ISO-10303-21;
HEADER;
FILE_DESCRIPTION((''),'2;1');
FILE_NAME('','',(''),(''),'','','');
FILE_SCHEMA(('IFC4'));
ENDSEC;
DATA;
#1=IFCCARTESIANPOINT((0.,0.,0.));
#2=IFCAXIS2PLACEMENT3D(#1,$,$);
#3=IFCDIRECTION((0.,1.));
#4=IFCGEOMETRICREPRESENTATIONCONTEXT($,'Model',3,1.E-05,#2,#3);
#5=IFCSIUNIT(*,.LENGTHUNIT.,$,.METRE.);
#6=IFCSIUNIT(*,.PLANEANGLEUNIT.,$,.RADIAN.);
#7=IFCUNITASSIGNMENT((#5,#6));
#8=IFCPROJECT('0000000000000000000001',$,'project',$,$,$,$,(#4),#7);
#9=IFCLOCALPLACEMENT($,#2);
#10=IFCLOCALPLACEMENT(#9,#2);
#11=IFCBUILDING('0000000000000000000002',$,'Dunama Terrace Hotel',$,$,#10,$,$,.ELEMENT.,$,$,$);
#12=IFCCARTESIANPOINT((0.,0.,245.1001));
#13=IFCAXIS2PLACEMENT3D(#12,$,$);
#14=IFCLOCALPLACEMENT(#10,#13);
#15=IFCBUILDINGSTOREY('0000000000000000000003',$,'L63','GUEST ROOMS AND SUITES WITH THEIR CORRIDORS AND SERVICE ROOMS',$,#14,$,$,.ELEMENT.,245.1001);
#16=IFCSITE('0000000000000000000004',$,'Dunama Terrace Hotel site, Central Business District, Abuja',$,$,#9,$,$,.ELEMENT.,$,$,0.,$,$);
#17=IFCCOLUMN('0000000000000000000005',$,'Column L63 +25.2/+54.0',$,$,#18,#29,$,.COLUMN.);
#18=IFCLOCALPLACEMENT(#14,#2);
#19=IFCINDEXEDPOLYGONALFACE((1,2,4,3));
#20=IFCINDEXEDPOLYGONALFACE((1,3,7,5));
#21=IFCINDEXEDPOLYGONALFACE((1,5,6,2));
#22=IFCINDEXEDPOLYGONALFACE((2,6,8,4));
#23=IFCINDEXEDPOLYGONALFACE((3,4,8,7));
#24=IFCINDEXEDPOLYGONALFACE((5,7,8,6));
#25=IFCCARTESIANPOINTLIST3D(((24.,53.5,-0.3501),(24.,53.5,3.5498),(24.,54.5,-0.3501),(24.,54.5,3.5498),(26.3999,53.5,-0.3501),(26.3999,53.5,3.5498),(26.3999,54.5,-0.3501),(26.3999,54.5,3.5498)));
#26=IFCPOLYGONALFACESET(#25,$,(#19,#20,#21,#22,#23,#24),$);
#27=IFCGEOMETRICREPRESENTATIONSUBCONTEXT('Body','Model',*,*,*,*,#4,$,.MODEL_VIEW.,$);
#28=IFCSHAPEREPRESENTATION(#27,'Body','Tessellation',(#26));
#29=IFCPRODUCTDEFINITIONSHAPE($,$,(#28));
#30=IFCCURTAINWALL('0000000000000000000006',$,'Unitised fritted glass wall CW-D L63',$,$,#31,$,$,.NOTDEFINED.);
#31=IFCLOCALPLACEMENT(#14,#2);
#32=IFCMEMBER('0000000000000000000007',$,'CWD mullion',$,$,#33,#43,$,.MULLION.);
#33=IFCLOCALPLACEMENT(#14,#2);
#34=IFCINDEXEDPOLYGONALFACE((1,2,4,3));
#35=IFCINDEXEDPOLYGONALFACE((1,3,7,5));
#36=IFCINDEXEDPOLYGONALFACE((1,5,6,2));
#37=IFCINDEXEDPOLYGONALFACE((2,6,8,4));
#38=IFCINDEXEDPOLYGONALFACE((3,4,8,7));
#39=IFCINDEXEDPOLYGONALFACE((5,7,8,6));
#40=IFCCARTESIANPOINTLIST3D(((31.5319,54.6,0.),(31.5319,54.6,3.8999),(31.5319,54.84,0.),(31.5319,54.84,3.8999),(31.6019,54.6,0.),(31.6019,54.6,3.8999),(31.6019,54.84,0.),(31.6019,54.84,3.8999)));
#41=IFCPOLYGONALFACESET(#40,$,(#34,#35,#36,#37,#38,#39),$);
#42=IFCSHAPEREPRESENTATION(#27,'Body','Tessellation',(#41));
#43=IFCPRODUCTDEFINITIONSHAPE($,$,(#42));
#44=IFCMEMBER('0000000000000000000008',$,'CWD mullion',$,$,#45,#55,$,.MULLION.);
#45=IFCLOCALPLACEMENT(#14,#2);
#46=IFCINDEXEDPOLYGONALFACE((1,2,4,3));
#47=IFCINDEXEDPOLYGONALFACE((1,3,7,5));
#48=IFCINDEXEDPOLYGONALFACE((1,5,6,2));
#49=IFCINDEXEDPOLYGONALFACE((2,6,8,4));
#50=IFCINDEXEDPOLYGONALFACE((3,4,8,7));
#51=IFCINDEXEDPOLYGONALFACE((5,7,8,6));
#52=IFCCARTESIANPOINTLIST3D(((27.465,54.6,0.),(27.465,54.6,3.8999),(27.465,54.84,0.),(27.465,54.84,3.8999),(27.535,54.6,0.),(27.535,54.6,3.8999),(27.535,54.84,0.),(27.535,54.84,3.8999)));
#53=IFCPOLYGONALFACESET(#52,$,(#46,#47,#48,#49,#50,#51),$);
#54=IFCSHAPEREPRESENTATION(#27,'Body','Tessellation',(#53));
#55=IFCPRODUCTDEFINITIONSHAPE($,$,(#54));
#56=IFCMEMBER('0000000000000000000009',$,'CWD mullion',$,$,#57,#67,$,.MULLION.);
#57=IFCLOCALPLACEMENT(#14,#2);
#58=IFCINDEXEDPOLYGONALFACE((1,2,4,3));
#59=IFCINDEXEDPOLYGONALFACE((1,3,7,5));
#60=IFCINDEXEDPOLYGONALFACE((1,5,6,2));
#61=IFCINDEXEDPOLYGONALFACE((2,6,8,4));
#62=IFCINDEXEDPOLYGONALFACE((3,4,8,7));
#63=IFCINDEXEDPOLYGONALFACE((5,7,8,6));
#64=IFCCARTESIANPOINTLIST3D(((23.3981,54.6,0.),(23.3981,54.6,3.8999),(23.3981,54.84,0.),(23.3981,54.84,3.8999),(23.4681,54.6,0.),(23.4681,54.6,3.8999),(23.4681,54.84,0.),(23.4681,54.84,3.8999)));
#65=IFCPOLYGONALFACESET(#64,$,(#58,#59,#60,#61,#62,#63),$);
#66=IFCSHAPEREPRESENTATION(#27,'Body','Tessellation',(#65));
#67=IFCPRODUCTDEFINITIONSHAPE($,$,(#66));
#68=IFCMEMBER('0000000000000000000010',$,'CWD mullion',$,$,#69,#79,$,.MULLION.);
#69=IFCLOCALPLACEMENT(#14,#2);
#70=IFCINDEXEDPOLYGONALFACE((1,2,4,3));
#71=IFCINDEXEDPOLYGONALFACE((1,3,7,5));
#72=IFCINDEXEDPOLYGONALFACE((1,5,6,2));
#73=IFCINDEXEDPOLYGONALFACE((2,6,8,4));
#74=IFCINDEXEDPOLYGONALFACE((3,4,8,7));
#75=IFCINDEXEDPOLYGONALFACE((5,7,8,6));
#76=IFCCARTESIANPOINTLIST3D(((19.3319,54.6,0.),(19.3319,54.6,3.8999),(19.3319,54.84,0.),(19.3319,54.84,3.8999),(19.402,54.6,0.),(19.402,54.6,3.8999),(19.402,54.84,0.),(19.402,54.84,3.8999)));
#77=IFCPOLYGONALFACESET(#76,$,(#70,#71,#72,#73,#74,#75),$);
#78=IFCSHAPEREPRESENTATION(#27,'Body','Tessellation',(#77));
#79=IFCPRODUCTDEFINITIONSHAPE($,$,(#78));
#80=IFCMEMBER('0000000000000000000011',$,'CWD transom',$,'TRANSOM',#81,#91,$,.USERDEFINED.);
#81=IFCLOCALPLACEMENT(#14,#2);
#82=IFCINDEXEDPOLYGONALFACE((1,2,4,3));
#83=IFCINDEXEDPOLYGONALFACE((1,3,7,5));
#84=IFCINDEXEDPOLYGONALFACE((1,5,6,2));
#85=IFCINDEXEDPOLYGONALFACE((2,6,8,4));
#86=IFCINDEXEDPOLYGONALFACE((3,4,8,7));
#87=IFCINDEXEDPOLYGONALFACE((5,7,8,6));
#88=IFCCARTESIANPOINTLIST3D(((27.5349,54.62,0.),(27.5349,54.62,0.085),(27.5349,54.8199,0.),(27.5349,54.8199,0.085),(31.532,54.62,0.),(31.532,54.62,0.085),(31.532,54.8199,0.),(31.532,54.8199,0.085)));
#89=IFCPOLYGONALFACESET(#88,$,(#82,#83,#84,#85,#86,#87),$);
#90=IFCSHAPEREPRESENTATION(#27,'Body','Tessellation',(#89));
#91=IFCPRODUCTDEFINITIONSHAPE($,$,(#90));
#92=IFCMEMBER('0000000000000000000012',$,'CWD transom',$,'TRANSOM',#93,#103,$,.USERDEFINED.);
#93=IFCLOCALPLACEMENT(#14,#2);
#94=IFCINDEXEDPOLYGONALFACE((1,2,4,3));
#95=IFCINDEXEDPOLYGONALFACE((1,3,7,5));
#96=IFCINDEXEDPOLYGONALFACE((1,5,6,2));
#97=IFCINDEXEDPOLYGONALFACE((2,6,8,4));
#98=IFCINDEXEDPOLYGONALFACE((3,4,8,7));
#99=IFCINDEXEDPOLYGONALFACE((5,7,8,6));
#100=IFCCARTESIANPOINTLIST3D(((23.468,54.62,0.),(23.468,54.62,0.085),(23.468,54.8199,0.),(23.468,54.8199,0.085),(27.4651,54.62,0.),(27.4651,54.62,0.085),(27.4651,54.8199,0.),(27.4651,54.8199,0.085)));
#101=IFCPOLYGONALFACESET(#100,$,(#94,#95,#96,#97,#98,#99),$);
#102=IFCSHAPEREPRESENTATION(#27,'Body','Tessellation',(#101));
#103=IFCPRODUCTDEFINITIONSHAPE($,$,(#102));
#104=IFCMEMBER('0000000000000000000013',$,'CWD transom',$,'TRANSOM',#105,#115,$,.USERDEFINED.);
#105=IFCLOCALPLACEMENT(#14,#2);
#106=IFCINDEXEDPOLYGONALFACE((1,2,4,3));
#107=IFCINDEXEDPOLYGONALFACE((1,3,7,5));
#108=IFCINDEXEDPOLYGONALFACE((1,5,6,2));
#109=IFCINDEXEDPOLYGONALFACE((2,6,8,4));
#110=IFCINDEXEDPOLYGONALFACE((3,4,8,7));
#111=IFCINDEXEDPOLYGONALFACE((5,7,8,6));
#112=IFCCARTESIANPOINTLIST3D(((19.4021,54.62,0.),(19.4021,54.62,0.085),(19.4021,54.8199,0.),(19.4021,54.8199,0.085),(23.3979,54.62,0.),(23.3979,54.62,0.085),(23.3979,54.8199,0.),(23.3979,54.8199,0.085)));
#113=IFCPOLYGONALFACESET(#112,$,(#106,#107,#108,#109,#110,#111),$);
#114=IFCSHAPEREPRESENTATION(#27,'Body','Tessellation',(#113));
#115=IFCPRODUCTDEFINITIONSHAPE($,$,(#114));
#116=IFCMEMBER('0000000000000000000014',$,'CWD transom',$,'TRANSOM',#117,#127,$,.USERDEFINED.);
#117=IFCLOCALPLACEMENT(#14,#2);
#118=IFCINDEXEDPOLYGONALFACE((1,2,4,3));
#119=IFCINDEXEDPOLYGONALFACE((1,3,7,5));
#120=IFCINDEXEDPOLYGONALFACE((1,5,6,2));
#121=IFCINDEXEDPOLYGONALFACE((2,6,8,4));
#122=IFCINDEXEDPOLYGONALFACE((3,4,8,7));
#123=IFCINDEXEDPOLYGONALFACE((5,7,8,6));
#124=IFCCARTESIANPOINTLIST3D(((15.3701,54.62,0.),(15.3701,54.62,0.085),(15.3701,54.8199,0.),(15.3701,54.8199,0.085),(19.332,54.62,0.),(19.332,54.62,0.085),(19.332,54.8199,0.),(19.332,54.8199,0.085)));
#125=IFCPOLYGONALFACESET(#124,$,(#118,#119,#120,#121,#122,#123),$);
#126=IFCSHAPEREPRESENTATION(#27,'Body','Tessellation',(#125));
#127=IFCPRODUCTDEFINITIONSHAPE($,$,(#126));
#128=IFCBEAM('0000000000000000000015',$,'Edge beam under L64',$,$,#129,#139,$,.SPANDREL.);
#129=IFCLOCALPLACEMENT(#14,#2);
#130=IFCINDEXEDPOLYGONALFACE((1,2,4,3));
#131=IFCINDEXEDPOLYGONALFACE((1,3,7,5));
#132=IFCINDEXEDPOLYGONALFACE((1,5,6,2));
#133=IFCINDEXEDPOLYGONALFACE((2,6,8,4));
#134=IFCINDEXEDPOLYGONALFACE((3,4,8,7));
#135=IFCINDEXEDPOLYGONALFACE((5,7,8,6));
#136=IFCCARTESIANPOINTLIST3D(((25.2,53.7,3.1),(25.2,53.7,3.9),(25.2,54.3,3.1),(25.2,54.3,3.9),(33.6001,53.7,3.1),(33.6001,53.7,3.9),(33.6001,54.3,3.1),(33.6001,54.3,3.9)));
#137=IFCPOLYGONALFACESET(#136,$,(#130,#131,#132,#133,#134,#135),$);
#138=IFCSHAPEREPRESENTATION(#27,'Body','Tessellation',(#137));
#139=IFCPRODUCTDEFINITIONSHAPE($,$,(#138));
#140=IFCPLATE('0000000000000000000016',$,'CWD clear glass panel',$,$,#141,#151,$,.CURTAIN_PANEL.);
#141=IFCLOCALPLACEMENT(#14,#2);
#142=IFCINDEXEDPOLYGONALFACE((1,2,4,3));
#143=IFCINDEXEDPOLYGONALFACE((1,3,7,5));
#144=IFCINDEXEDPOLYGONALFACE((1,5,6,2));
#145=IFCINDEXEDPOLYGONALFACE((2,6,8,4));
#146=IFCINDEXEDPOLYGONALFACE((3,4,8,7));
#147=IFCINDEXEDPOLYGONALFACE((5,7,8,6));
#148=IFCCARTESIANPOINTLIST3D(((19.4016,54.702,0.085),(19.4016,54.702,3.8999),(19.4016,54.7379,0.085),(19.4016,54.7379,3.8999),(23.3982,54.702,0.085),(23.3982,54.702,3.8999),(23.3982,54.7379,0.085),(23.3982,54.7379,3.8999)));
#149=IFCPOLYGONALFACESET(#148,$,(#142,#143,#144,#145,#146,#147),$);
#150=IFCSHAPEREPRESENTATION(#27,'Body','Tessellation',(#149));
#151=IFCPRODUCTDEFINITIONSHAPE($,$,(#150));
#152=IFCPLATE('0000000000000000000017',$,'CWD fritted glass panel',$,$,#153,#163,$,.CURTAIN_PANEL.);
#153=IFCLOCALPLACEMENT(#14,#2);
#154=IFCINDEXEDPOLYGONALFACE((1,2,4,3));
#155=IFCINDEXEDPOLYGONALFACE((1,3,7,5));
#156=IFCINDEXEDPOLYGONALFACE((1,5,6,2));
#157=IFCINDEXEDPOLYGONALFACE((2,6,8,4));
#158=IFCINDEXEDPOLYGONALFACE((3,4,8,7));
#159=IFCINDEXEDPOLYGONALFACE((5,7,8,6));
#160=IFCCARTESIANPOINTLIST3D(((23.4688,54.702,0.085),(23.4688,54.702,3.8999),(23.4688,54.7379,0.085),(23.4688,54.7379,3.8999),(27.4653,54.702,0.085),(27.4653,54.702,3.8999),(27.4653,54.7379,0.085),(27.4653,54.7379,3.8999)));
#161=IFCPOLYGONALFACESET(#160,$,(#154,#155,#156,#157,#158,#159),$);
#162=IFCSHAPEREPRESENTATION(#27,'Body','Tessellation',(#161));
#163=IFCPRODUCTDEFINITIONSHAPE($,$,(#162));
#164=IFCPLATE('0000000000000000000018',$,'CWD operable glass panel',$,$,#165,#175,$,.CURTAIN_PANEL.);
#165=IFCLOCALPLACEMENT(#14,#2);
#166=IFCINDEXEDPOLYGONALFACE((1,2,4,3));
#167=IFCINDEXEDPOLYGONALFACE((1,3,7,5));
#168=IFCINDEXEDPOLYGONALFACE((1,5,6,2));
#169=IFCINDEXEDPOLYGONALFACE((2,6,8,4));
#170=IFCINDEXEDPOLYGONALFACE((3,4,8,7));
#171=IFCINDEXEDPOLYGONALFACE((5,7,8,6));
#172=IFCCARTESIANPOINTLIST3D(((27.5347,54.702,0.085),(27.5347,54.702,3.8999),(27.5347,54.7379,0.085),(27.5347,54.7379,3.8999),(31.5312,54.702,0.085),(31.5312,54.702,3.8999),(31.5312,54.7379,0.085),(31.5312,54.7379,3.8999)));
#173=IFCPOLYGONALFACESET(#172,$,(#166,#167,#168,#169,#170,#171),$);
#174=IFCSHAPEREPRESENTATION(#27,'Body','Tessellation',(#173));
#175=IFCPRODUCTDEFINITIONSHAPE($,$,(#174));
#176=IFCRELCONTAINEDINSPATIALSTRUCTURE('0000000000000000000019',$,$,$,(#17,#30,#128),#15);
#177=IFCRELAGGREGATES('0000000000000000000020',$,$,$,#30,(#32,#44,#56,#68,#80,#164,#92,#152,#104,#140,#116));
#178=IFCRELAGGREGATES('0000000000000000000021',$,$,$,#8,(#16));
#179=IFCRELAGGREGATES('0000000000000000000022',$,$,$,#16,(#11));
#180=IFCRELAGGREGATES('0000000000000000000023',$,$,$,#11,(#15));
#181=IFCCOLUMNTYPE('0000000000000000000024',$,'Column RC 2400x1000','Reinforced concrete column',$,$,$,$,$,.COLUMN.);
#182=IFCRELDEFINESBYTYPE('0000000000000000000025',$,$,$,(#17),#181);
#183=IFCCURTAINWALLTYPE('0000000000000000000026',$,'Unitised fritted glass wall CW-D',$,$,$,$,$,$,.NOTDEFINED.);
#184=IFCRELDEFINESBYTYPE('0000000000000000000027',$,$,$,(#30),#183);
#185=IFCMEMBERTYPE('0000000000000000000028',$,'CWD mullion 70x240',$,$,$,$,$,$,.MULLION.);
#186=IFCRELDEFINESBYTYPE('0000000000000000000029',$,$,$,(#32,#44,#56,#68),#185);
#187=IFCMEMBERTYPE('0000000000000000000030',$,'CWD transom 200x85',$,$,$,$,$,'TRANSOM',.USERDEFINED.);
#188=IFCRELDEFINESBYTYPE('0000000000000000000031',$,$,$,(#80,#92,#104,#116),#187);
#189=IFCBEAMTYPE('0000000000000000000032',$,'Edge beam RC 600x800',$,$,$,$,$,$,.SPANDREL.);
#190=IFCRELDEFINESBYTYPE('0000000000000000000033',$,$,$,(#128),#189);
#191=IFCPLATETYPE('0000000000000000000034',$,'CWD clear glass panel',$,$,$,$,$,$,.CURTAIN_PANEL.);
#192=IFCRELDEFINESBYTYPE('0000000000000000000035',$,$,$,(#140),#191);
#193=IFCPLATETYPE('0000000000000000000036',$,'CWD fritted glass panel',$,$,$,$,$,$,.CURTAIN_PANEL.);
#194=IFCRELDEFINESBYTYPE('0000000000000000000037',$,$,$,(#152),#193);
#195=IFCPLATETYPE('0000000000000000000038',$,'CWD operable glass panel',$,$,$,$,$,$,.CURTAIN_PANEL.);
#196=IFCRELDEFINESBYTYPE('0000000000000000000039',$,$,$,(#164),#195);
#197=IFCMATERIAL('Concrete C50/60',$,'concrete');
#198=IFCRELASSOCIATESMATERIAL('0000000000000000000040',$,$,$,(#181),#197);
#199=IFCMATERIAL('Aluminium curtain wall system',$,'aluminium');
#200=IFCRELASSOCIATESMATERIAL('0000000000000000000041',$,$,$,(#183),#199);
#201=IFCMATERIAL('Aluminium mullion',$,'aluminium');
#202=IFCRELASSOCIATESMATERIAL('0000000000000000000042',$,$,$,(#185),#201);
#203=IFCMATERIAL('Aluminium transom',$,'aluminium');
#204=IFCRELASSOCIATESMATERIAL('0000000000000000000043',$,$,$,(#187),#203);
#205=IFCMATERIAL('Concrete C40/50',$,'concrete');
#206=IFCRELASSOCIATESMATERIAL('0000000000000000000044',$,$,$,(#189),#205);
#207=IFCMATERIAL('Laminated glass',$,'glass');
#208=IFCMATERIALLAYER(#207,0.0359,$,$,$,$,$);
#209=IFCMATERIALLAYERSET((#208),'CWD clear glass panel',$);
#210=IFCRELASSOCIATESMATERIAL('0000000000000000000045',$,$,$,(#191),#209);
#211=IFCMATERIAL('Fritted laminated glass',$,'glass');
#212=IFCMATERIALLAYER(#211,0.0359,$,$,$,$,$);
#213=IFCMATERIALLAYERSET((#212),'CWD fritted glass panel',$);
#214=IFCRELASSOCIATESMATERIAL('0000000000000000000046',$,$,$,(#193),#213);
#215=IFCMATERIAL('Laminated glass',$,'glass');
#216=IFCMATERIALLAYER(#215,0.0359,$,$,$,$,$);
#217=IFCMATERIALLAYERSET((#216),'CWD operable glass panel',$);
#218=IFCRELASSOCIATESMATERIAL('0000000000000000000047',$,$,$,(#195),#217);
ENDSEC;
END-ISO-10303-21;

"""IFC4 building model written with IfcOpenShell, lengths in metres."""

from ifc_helpers import new_model, si_unit, direction, frame, origin, origin_2d, place, context, subcontext, project, spatial, rectangle, extrude, material, layer, layer_set, material_profile, profile_set, type_object, element, aggregate, save


model = new_model("IFC4")

# Units and contexts
model_context = context("Model", 3, precision=1e-05, world=origin(), true_north=direction((0.0, 1.0)))
body_context = subcontext(model_context, "Body", "Model", "MODEL_VIEW")
ifc_project = project(units=[si_unit("LENGTHUNIT", "METRE"), si_unit("PLANEANGLEUNIT", "RADIAN")], contexts=[model_context])

# Site, building, storey
site_placement = place(None, origin())
site = spatial("IfcSite", under=ifc_project, at=site_placement, Name="Dunama Terrace Hotel site, Central Business District, Abuja", CompositionType="ELEMENT", RefElevation=0.0)
building_placement = place(site_placement, origin())
building = spatial("IfcBuilding", under=site, at=building_placement, Name="Dunama Terrace Hotel", CompositionType="ELEMENT")
storey_placement = place(building_placement, frame((0.0, 0.0, 245.1001)))
storey = spatial("IfcBuildingStorey", under=building, at=storey_placement, Name="L63", Description="GUEST ROOMS AND SUITES WITH THEIR CORRIDORS AND SERVICE ROOMS", CompositionType="ELEMENT", Elevation=245.1001)

# Column
ifc_material_1 = material(Name="Concrete C50/60", Category="concrete")
ifc_material_profile_1 = material_profile(ifc_material_1, rectangle(XDim=2.3999, YDim=1.0, at=origin_2d()), Name="RC 2400x1000")
ifc_profile_set_1 = profile_set([ifc_material_profile_1], Name="Concrete C50/60")
column_type = type_object("IfcColumnType", Name="Column RC 2400x1000", Description="Reinforced concrete column", PredefinedType="COLUMN", material=ifc_profile_set_1)
column_placement = place(storey_placement, frame((25.2, 54.0, -0.3501), z_axis=(0.0, 0.0, 1.0), x_axis=(1.0, 0.0, 0.0)))
element("IfcColumn", 1, at=column_placement, inside=storey, type_object=column_type, Name="Column L63 +25.2/+54.0", PredefinedType="COLUMN", context=body_context, shape_type="SweptSolid", body=[
    extrude(rectangle(XDim=2.3999, YDim=1.0, at=origin_2d()), origin(), (0.0, 0.0, 1.0), 3.8999),
])

# Curtain wall, members
ifc_material_2 = material(Name="Aluminium curtain wall system", Category="aluminium")
curtain_wall_type = type_object("IfcCurtainWallType", Name="Unitised fritted glass wall CW-D", PredefinedType="NOTDEFINED", material=ifc_material_2)
curtain_wall_placement = place(storey_placement, origin())
curtain_wall = element("IfcCurtainWall", 2, at=curtain_wall_placement, inside=storey, type_object=curtain_wall_type, Name="Unitised fritted glass wall CW-D L63", PredefinedType="NOTDEFINED")
ifc_material_3 = material(Name="Aluminium mullion", Category="aluminium")
ifc_material_profile_2 = material_profile(ifc_material_3, rectangle(XDim=0.0701, YDim=0.24, at=origin_2d()), Name="CWD MULLION 70X240")
ifc_profile_set_2 = profile_set([ifc_material_profile_2], Name="Aluminium mullion")
member_type_1 = type_object("IfcMemberType", Name="CWD mullion 70x240", PredefinedType="MULLION", material=ifc_profile_set_2)
member_1_placement = place(storey_placement, frame((31.5669, 54.72, 0.0), z_axis=(0.0, 0.0, 1.0), x_axis=(-1.0, 0.0, 0.0)))
member_1 = element("IfcMember", 3, at=member_1_placement, type_object=member_type_1, Name="CWD mullion", PredefinedType="MULLION", context=body_context, shape_type="SweptSolid", body=[
    extrude(rectangle(XDim=0.0701, YDim=0.24, at=origin_2d()), origin(), (0.0, 0.0, 1.0), 3.8999),
])
member_2_placement = place(storey_placement, frame((27.5, 54.72, 0.0), z_axis=(0.0, 0.0, 1.0), x_axis=(-1.0, 0.0, 0.0)))
member_2 = element("IfcMember", 4, at=member_2_placement, type_object=member_type_1, Name="CWD mullion", PredefinedType="MULLION", context=body_context, shape_type="SweptSolid", body=[
    extrude(rectangle(XDim=0.0701, YDim=0.24, at=origin_2d()), origin(), (0.0, 0.0, 1.0), 3.8999),
])
member_3_placement = place(storey_placement, frame((23.4331, 54.72, 0.0), z_axis=(0.0, 0.0, 1.0), x_axis=(-1.0, 0.0, 0.0)))
member_3 = element("IfcMember", 5, at=member_3_placement, type_object=member_type_1, Name="CWD mullion", PredefinedType="MULLION", context=body_context, shape_type="SweptSolid", body=[
    extrude(rectangle(XDim=0.0701, YDim=0.24, at=origin_2d()), origin(), (0.0, 0.0, 1.0), 3.8999),
])
member_4_placement = place(storey_placement, frame((19.3669, 54.72, 0.0), z_axis=(0.0, 0.0, 1.0), x_axis=(-1.0, 0.0, 0.0)))
member_4 = element("IfcMember", 6, at=member_4_placement, type_object=member_type_1, Name="CWD mullion", PredefinedType="MULLION", context=body_context, shape_type="SweptSolid", body=[
    extrude(rectangle(XDim=0.0701, YDim=0.24, at=origin_2d()), origin(), (0.0, 0.0, 1.0), 3.8999),
])
ifc_material_4 = material(Name="Aluminium transom", Category="aluminium")
ifc_material_profile_3 = material_profile(ifc_material_4, rectangle(XDim=0.2, YDim=0.085, at=origin_2d()), Name="CWD TRANSOM 200X85")
ifc_profile_set_3 = profile_set([ifc_material_profile_3], Name="Aluminium transom")
member_type_2 = type_object("IfcMemberType", Name="CWD transom 200x85", ElementType="TRANSOM", PredefinedType="USERDEFINED", material=ifc_profile_set_3)
member_5_placement = place(storey_placement, frame((31.532, 54.72, 0.0425), z_axis=(-1.0, 0.0, 0.0), x_axis=(0.0, -1.0, 0.0)))
member_5 = element("IfcMember", 7, at=member_5_placement, type_object=member_type_2, Name="CWD transom", ObjectType="TRANSOM", PredefinedType="USERDEFINED", context=body_context, shape_type="SweptSolid", body=[
    extrude(rectangle(XDim=0.2, YDim=0.085, at=origin_2d()), origin(), (0.0, 0.0, 1.0), 3.9971),
])
member_6_placement = place(storey_placement, frame((27.4651, 54.72, 0.0425), z_axis=(-1.0, 0.0, 0.0), x_axis=(0.0, -1.0, 0.0)))
member_6 = element("IfcMember", 8, at=member_6_placement, type_object=member_type_2, Name="CWD transom", ObjectType="TRANSOM", PredefinedType="USERDEFINED", context=body_context, shape_type="SweptSolid", body=[
    extrude(rectangle(XDim=0.2, YDim=0.085, at=origin_2d()), origin(), (0.0, 0.0, 1.0), 3.9971),
])
member_7_placement = place(storey_placement, frame((23.3979, 54.72, 0.0425), z_axis=(-1.0, 0.0, 0.0), x_axis=(0.0, -1.0, 0.0)))
member_7 = element("IfcMember", 9, at=member_7_placement, type_object=member_type_2, Name="CWD transom", ObjectType="TRANSOM", PredefinedType="USERDEFINED", context=body_context, shape_type="SweptSolid", body=[
    extrude(rectangle(XDim=0.2, YDim=0.085, at=origin_2d()), origin(), (0.0, 0.0, 1.0), 3.9958),
])
member_8_placement = place(storey_placement, frame((19.332, 54.72, 0.0425), z_axis=(-1.0, 0.0, 0.0), x_axis=(0.0, -1.0, 0.0)))
member_8 = element("IfcMember", 10, at=member_8_placement, type_object=member_type_2, Name="CWD transom", ObjectType="TRANSOM", PredefinedType="USERDEFINED", context=body_context, shape_type="SweptSolid", body=[
    extrude(rectangle(XDim=0.2, YDim=0.085, at=origin_2d()), origin(), (0.0, 0.0, 1.0), 3.9619),
])

# Beam
ifc_material_5 = material(Name="Concrete C40/50", Category="concrete")
ifc_material_profile_4 = material_profile(ifc_material_5, rectangle(XDim=0.6001, YDim=0.8, at=origin_2d()), Name="RC 600x800")
ifc_profile_set_4 = profile_set([ifc_material_profile_4], Name="Concrete C40/50")
beam_type = type_object("IfcBeamType", Name="Edge beam RC 600x800", PredefinedType="SPANDREL", material=ifc_profile_set_4)
beam_placement = place(storey_placement, frame((25.2, 54.0, 3.5), z_axis=(1.0, 0.0, 0.0), x_axis=(0.0, 1.0, 0.0)))
element("IfcBeam", 11, at=beam_placement, inside=storey, type_object=beam_type, Name="Edge beam under L64", PredefinedType="SPANDREL", context=body_context, shape_type="SweptSolid", body=[
    extrude(rectangle(XDim=0.6001, YDim=0.8, at=origin_2d()), origin(), (0.0, 0.0, 1.0), 8.4001),
])

# Plates
ifc_material_6 = material(Name="Laminated glass", Category="glass")
ifc_layer_1 = layer(ifc_material_6, 0.0359)
ifc_layer_set_1 = layer_set([ifc_layer_1], Name="CWD clear glass panel")
plate_type_1 = type_object("IfcPlateType", Name="CWD clear glass panel", PredefinedType="CURTAIN_PANEL", material=ifc_layer_set_1)
plate_1_placement = place(storey_placement, frame((21.3999, 54.72, 0.085), z_axis=(0.0, 0.0, 1.0), x_axis=(-1.0, 0.0, 0.0)))
plate_1 = element("IfcPlate", 12, at=plate_1_placement, type_object=plate_type_1, Name="CWD clear glass panel", PredefinedType="CURTAIN_PANEL", context=body_context, shape_type="SweptSolid", body=[
    extrude(rectangle(XDim=3.9966, YDim=0.0359, at=origin_2d()), origin(), (0.0, 0.0, 1.0), 3.8149),
])
ifc_material_7 = material(Name="Fritted laminated glass", Category="glass")
ifc_layer_2 = layer(ifc_material_7, 0.0359)
ifc_layer_set_2 = layer_set([ifc_layer_2], Name="CWD fritted glass panel")
plate_type_2 = type_object("IfcPlateType", Name="CWD fritted glass panel", PredefinedType="CURTAIN_PANEL", material=ifc_layer_set_2)
plate_2_placement = place(storey_placement, frame((25.467, 54.72, 0.085), z_axis=(0.0, 0.0, 1.0), x_axis=(-1.0, 0.0, 0.0)))
plate_2 = element("IfcPlate", 13, at=plate_2_placement, type_object=plate_type_2, Name="CWD fritted glass panel", PredefinedType="CURTAIN_PANEL", context=body_context, shape_type="SweptSolid", body=[
    extrude(rectangle(XDim=3.9966, YDim=0.0359, at=origin_2d()), origin(), (0.0, 0.0, 1.0), 3.8149),
])
ifc_material_8 = material(Name="Laminated glass", Category="glass")
ifc_layer_3 = layer(ifc_material_8, 0.0359)
ifc_layer_set_3 = layer_set([ifc_layer_3], Name="CWD operable glass panel")
plate_type_3 = type_object("IfcPlateType", Name="CWD operable glass panel", PredefinedType="CURTAIN_PANEL", material=ifc_layer_set_3)
plate_3_placement = place(storey_placement, frame((29.533, 54.72, 0.085), z_axis=(0.0, 0.0, 1.0), x_axis=(-1.0, 0.0, 0.0)))
plate_3 = element("IfcPlate", 14, at=plate_3_placement, type_object=plate_type_3, Name="CWD operable glass panel", PredefinedType="CURTAIN_PANEL", context=body_context, shape_type="SweptSolid", body=[
    extrude(rectangle(XDim=3.9966, YDim=0.0359, at=origin_2d()), origin(), (0.0, 0.0, 1.0), 3.8149),
])
aggregate(curtain_wall, [member_1, member_2, member_3, member_4, member_5, plate_3, member_6, plate_2, member_7, plate_1, member_8])

save(model, "model.ifc")
